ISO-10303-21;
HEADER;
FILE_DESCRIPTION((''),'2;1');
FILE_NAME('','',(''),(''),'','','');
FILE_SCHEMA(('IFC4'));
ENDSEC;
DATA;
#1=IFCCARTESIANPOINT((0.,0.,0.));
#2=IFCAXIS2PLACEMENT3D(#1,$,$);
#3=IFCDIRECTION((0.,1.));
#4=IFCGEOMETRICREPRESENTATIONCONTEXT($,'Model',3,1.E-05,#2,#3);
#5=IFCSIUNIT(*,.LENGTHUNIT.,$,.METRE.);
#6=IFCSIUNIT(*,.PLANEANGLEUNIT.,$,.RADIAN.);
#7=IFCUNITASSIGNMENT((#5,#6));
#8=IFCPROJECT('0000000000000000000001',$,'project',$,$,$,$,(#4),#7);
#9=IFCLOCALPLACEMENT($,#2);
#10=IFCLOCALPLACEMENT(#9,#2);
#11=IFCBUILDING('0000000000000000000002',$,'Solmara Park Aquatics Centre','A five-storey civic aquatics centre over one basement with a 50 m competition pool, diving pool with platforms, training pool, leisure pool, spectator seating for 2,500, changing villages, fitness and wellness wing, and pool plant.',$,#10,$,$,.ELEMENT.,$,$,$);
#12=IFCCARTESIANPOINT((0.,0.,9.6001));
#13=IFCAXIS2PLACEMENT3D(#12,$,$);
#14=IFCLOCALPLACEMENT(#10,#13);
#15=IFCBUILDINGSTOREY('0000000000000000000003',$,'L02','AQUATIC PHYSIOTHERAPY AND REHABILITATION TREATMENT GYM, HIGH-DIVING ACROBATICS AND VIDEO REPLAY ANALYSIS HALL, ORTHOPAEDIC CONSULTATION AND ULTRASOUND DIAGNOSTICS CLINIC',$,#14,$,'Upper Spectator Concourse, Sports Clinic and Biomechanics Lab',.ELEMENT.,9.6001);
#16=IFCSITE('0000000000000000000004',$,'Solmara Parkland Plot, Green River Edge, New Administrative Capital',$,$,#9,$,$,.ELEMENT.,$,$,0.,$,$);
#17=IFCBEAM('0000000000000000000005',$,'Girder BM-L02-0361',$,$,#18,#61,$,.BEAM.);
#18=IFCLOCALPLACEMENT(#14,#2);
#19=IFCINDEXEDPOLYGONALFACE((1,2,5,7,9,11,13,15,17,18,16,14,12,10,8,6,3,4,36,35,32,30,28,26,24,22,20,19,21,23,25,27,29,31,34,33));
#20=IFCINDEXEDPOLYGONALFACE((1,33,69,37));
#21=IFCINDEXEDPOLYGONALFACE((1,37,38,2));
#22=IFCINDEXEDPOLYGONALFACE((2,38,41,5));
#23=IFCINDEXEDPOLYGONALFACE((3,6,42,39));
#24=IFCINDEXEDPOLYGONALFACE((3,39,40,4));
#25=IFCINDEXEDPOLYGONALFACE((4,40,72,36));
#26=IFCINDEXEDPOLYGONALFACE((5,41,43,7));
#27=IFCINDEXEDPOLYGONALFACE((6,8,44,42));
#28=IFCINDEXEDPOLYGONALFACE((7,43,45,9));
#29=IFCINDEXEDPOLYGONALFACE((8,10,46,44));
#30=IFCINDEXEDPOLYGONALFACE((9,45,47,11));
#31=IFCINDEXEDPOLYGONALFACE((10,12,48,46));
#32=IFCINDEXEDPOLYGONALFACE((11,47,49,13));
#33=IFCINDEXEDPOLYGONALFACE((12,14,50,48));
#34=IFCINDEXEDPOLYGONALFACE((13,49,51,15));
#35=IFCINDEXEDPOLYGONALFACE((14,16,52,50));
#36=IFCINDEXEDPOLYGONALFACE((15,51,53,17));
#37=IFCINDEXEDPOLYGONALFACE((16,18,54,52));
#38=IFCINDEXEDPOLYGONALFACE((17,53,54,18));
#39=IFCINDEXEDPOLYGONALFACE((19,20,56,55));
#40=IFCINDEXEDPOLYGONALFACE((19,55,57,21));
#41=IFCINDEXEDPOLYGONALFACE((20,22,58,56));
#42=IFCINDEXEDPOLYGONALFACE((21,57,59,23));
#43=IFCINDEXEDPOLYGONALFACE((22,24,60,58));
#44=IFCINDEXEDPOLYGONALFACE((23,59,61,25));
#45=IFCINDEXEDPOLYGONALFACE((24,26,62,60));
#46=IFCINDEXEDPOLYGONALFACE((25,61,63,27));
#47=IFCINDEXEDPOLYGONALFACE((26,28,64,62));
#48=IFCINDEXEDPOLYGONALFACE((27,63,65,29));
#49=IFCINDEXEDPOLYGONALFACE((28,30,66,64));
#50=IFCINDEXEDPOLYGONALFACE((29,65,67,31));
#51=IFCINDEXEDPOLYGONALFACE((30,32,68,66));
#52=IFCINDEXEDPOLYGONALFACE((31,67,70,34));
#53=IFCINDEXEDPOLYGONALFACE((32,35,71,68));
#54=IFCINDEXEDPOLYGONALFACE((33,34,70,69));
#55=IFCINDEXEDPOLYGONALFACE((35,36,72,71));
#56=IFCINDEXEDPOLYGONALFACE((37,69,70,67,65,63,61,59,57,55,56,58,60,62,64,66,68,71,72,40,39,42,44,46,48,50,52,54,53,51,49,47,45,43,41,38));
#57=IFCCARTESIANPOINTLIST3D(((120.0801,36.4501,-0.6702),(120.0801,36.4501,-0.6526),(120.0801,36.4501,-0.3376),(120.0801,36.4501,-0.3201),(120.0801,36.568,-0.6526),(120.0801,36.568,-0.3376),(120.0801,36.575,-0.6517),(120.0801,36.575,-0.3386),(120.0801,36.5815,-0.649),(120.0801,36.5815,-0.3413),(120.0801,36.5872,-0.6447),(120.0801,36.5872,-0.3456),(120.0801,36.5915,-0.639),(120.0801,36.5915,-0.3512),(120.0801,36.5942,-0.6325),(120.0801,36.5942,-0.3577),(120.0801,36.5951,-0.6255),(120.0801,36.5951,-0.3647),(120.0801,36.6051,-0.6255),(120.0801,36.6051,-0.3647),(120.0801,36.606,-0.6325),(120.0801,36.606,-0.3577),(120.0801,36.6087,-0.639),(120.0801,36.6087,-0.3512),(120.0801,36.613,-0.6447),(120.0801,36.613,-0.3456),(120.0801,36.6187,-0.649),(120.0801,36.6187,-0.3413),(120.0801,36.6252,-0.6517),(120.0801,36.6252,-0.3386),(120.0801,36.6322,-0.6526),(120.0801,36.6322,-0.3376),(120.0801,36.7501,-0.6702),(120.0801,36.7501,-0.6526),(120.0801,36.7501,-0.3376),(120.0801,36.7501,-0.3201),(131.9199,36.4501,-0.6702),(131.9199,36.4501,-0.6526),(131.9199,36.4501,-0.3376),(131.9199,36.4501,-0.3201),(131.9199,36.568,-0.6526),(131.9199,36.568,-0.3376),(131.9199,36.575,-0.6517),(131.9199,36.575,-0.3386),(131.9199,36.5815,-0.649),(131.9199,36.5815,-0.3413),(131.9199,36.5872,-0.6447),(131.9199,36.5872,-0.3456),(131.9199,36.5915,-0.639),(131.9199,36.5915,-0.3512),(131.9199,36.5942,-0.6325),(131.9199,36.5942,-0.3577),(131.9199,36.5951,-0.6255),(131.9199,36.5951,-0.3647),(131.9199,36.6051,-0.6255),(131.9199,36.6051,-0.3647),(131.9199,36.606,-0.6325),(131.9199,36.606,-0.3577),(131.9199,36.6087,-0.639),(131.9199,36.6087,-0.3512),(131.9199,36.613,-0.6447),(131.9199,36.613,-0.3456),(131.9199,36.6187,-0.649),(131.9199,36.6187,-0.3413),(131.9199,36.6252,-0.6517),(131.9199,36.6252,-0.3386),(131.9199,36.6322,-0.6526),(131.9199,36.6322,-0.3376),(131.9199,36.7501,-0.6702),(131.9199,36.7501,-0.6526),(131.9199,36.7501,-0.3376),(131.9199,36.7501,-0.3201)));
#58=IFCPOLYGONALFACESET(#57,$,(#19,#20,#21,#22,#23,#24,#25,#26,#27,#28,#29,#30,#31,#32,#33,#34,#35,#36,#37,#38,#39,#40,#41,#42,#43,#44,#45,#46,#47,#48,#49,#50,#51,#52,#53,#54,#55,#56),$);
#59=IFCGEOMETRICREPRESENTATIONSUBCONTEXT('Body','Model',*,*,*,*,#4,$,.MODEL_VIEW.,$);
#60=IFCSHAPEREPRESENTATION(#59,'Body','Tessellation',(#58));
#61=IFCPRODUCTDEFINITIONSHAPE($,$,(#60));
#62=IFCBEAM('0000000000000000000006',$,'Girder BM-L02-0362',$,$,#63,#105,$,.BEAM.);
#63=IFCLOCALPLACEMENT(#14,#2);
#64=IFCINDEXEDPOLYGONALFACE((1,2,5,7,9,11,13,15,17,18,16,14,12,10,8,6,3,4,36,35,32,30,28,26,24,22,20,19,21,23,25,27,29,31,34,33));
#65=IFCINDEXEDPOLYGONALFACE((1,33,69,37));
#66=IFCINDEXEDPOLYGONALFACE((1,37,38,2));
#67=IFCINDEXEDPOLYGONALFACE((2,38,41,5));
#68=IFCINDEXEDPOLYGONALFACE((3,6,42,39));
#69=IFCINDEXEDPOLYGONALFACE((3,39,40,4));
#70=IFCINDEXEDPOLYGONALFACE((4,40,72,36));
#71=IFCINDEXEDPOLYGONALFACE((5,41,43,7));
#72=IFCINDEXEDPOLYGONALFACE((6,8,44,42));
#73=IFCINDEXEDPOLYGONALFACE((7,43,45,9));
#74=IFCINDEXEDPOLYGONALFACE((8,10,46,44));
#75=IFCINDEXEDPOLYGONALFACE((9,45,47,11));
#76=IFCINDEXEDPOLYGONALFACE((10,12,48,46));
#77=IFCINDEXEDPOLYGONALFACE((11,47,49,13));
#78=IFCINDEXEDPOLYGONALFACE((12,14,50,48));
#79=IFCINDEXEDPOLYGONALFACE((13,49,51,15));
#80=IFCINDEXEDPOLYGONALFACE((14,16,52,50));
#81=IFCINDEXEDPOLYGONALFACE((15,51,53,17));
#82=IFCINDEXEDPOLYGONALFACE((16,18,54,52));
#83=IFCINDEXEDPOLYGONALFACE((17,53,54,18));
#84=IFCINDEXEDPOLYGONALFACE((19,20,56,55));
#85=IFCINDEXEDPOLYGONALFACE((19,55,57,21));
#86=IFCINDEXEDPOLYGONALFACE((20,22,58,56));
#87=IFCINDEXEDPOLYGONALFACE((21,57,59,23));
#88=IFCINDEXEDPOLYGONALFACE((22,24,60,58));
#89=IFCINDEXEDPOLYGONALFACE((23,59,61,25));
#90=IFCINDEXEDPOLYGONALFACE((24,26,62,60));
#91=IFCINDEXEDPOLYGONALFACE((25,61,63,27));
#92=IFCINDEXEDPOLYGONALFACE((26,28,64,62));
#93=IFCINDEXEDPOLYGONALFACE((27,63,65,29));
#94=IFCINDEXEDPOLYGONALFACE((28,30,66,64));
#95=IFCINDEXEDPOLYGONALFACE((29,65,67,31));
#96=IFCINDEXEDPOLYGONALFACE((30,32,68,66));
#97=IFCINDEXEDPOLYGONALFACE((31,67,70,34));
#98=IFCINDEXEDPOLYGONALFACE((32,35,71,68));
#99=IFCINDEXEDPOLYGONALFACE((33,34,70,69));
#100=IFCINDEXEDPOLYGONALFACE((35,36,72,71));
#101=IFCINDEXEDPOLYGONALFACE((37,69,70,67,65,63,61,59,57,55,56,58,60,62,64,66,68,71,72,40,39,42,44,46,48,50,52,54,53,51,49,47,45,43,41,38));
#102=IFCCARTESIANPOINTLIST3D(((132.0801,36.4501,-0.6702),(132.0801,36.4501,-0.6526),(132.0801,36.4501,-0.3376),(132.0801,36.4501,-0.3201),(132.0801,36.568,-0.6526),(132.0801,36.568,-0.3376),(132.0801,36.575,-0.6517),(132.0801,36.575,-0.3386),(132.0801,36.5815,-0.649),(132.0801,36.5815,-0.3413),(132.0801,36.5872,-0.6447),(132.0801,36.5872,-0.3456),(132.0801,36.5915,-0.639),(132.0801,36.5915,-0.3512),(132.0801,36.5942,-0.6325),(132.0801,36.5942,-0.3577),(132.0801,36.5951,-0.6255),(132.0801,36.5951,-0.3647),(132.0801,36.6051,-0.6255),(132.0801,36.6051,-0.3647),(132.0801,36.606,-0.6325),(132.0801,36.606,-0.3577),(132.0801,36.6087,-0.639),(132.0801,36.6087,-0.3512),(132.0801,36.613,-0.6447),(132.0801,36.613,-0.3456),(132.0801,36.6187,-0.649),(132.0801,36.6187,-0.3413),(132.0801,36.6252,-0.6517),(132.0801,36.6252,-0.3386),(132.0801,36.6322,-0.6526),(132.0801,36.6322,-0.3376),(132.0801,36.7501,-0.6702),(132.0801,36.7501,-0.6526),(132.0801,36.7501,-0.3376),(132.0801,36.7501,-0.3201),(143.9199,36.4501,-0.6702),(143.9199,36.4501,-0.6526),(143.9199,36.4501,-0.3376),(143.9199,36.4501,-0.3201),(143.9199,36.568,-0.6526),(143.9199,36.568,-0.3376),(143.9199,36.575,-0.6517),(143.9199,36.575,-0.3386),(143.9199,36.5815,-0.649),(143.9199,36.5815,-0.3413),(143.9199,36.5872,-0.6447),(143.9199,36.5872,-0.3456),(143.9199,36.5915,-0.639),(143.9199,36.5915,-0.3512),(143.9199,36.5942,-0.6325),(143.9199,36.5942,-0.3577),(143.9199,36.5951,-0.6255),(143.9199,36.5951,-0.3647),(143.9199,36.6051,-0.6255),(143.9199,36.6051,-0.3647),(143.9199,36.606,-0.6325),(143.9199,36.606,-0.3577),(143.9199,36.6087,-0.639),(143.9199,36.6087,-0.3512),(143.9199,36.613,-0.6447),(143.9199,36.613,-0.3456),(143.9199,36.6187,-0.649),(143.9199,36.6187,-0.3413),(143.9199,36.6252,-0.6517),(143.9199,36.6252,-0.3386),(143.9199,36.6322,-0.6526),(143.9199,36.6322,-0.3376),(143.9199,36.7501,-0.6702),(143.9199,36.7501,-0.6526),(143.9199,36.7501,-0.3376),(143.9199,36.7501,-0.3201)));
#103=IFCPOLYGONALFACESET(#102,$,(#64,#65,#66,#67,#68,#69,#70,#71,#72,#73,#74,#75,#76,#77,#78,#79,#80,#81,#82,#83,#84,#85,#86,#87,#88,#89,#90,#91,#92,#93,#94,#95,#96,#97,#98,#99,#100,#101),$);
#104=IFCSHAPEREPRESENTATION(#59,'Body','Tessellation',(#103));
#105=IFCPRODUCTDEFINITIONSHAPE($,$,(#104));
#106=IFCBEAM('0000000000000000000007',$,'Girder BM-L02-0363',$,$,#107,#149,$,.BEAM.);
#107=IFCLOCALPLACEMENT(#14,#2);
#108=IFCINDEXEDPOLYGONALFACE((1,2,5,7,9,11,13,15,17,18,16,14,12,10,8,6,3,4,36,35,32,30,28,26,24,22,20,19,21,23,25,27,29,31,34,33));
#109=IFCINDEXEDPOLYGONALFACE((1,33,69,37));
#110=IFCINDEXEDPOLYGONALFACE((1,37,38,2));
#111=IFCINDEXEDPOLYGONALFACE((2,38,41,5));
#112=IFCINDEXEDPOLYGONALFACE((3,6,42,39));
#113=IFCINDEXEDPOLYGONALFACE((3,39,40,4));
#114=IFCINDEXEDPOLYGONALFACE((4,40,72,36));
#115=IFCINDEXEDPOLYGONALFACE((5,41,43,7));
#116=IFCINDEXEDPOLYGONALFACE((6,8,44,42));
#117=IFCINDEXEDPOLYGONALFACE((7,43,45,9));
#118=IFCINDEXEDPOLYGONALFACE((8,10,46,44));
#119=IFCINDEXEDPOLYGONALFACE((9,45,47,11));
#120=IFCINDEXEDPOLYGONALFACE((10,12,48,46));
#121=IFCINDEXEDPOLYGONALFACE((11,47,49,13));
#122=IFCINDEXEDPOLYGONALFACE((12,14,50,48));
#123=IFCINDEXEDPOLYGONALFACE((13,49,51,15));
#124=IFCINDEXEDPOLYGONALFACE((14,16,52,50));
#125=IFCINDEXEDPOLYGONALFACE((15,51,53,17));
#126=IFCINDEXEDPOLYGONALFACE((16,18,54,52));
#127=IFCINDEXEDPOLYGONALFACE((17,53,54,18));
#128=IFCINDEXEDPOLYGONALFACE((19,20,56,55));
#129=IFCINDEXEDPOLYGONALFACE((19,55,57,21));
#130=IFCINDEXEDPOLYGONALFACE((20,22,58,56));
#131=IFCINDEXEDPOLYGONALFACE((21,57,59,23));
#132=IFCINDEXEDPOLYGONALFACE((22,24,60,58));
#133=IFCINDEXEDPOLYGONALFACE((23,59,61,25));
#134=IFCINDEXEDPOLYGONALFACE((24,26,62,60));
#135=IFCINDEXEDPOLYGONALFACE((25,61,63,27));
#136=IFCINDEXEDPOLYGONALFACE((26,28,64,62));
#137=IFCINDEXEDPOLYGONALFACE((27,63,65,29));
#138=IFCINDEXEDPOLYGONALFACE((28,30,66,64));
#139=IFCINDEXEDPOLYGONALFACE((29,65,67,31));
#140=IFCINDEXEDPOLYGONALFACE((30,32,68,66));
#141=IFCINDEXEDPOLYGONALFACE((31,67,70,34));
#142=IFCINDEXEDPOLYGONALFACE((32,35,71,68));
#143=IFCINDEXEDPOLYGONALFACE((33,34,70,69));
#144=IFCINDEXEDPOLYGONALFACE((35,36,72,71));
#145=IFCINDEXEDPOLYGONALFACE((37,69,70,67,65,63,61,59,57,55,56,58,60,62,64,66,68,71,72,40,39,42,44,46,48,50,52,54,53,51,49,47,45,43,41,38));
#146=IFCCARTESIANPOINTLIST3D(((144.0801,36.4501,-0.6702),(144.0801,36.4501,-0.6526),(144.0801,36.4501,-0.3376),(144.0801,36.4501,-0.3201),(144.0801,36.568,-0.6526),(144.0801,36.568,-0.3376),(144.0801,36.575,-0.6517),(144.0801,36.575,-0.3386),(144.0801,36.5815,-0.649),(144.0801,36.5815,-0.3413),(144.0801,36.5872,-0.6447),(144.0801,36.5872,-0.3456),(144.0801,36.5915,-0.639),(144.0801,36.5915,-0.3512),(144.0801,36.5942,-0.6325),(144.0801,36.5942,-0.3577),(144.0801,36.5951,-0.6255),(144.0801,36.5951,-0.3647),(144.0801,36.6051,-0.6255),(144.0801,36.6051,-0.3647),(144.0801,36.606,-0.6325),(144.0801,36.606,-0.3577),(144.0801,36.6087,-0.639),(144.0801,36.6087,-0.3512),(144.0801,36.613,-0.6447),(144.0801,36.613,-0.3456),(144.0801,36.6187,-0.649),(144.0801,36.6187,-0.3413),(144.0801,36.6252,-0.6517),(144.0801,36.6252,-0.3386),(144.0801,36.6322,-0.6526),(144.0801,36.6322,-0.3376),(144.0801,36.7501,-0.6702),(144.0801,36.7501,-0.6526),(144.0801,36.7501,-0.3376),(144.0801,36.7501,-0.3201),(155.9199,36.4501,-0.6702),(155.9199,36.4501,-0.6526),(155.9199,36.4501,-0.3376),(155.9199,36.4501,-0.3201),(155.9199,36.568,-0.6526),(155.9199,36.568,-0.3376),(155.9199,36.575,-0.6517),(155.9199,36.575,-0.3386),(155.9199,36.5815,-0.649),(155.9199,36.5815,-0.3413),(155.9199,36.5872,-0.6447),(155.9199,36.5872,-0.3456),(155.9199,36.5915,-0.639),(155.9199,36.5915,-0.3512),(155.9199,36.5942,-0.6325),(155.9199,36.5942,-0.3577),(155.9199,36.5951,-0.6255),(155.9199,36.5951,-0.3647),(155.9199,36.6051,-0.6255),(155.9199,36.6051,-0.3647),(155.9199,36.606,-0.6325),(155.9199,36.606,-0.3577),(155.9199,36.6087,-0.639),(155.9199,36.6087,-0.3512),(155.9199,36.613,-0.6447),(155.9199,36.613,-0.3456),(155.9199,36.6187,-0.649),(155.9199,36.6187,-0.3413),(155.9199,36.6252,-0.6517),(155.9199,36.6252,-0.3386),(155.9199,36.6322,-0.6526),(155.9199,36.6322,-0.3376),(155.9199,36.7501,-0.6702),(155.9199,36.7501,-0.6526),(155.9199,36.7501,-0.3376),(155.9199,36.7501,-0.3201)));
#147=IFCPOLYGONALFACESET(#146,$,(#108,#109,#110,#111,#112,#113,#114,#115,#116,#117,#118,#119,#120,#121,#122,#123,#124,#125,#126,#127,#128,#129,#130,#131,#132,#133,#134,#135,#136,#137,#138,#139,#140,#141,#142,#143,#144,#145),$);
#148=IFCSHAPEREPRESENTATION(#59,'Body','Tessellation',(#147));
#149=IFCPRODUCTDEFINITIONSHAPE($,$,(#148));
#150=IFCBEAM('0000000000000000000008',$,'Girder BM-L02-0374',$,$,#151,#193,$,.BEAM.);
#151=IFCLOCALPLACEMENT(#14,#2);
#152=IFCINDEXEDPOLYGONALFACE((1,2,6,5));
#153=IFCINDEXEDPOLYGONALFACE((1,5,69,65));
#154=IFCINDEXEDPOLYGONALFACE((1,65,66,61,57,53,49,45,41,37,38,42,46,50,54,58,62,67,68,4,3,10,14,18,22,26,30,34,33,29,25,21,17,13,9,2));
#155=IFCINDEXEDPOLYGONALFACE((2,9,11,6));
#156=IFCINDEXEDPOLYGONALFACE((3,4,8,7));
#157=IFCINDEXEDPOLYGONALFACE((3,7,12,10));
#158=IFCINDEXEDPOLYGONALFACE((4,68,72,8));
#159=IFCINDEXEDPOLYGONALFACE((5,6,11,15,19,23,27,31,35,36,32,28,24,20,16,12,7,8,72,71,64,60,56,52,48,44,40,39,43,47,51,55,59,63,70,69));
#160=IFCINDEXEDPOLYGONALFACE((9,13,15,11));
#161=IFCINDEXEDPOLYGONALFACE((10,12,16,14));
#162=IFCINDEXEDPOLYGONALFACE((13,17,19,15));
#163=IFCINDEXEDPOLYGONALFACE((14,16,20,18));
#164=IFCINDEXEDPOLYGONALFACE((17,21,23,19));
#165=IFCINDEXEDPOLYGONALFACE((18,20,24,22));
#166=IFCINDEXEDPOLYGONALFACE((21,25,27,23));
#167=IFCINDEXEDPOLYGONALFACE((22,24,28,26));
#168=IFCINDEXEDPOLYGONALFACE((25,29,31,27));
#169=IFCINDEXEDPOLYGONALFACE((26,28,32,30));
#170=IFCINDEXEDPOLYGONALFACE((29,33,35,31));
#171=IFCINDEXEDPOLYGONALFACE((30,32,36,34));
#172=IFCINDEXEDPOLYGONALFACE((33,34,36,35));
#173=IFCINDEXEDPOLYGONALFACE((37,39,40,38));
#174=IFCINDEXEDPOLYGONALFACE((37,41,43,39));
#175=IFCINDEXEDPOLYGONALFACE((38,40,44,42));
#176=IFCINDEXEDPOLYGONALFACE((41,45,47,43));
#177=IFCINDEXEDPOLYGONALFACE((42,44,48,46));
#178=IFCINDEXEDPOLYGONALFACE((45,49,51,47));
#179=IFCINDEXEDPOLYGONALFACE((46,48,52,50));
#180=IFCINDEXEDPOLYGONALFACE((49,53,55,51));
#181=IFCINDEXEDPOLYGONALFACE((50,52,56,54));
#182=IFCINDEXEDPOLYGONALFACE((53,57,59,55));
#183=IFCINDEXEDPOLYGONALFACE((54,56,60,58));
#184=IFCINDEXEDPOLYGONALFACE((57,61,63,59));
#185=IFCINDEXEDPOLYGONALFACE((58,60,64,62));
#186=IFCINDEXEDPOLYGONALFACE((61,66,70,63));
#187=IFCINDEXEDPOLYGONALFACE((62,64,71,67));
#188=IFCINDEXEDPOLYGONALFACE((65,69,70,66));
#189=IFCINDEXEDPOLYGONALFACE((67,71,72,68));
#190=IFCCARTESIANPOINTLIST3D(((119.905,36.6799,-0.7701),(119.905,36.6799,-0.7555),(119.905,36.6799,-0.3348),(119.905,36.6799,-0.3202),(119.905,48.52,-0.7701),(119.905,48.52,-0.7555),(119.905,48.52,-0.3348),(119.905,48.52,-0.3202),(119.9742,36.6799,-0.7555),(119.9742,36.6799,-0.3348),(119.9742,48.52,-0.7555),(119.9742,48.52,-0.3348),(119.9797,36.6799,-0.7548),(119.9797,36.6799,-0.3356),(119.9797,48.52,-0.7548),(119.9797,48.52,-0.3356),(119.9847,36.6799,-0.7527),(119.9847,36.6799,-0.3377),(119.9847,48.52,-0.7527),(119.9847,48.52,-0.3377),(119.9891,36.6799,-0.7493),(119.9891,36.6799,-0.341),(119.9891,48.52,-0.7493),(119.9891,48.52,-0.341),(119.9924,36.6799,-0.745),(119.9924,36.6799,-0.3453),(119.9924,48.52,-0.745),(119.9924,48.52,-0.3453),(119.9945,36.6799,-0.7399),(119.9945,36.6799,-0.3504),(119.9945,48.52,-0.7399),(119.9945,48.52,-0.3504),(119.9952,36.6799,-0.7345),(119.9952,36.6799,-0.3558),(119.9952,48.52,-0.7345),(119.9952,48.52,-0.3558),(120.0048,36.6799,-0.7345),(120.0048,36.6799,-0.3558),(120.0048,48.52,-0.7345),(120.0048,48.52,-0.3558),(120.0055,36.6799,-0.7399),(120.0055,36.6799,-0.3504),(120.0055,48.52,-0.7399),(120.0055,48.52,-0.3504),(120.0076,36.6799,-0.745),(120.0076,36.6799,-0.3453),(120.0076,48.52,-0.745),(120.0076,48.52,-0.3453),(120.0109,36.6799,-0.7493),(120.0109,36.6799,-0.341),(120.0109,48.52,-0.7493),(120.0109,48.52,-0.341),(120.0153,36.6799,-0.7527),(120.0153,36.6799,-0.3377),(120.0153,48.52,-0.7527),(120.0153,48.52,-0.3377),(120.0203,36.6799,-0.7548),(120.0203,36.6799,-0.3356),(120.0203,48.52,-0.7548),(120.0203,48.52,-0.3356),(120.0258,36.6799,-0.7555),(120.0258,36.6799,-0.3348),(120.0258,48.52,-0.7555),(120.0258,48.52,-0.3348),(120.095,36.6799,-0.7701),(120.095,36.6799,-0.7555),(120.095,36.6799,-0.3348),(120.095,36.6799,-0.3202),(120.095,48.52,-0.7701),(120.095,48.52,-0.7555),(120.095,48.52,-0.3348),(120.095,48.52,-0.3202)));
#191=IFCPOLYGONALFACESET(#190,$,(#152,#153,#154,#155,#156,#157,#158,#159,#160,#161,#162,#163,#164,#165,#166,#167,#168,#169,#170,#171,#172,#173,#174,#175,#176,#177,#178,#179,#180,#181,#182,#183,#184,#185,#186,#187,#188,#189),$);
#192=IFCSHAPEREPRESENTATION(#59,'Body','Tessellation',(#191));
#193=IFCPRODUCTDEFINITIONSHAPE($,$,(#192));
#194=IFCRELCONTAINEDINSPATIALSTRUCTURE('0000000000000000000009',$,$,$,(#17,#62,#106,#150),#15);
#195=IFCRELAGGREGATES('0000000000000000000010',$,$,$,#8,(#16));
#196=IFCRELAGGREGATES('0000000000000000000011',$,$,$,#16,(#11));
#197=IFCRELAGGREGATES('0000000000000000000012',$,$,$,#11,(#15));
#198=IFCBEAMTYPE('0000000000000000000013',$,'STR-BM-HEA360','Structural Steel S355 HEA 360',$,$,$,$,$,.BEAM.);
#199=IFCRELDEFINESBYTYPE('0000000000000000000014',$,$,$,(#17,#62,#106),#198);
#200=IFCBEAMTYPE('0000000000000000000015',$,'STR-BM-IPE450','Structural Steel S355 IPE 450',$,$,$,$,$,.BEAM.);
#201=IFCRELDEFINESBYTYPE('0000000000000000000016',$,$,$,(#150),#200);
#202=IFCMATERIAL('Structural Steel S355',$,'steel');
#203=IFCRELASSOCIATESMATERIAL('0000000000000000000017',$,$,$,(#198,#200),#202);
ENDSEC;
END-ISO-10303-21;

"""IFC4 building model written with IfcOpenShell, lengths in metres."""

from ifc_helpers import new_model, si_unit, direction, frame, origin, origin_2d, place, context, subcontext, project, spatial, i_section, extrude, material, material_profile, profile_set, type_object, element, save


model = new_model("IFC4")

# Units and contexts
model_context = context("Model", 3, precision=1e-05, world=origin(), true_north=direction((0.0, 1.0)))
body_context = subcontext(model_context, "Body", "Model", "MODEL_VIEW")
ifc_project = project(units=[si_unit("LENGTHUNIT", "METRE"), si_unit("PLANEANGLEUNIT", "RADIAN")], contexts=[model_context])

# Site, building, storey
site_placement = place(None, origin())
site = spatial("IfcSite", under=ifc_project, at=site_placement, Name="Solmara Parkland Plot, Green River Edge, New Administrative Capital", CompositionType="ELEMENT", RefElevation=0.0)
building_placement = place(site_placement, origin())
building = spatial("IfcBuilding", under=site, at=building_placement, Name="Solmara Park Aquatics Centre", Description="A five-storey civic aquatics centre over one basement with a 50 m competition pool, diving pool with platforms, training pool, leisure pool, spectator seating for 2,500, changing villages, fitness and wellness wing, and pool plant.", CompositionType="ELEMENT")
storey_placement = place(building_placement, frame((0.0, 0.0, 9.6001)))
storey = spatial("IfcBuildingStorey", under=building, at=storey_placement, Name="L02", Description="AQUATIC PHYSIOTHERAPY AND REHABILITATION TREATMENT GYM, HIGH-DIVING ACROBATICS AND VIDEO REPLAY ANALYSIS HALL, ORTHOPAEDIC CONSULTATION AND ULTRASOUND DIAGNOSTICS CLINIC", LongName="Upper Spectator Concourse, Sports Clinic and Biomechanics Lab", CompositionType="ELEMENT", Elevation=9.6001)

# Shared definitions
ifc_material_1 = material(Name="Structural Steel S355", Category="steel")

# Beams
ifc_material_profile_1 = material_profile(ifc_material_1, i_section(OverallWidth=0.3, OverallDepth=0.3501, WebThickness=0.01, FlangeThickness=0.0176, FilletRadius=0.0271, at=origin_2d()), Name="HEA 360")
ifc_profile_set_1 = profile_set([ifc_material_profile_1], Name="Structural Steel S355")
beam_type_1 = type_object("IfcBeamType", Name="STR-BM-HEA360", Description="Structural Steel S355 HEA 360", PredefinedType="BEAM", material=ifc_profile_set_1)
for number, where, z_axis, x_axis, name in (
    (1, (120.0801, 36.6001, -0.4951), (1.0, 0.0, 0.0), (0.0, 1.0, 0.0), "Girder BM-L02-0361"),
    (2, (132.0801, 36.6001, -0.4951), (1.0, 0.0, 0.0), (0.0, 1.0, 0.0), "Girder BM-L02-0362"),
    (3, (144.0801, 36.6001, -0.4951), (1.0, 0.0, 0.0), (0.0, 1.0, 0.0), "Girder BM-L02-0363"),
):
    element("IfcBeam", number, at=place(storey_placement, frame(where, z_axis=z_axis, x_axis=x_axis)), inside=storey, type_object=beam_type_1, Name=name, PredefinedType="BEAM", context=body_context, shape_type="SweptSolid", body=[
        extrude(i_section(OverallWidth=0.3, OverallDepth=0.3501, WebThickness=0.01, FlangeThickness=0.0176, FilletRadius=0.0271, at=origin_2d()), origin(), (0.0, 0.0, 1.0), 11.8398),
    ])
ifc_material_profile_2 = material_profile(ifc_material_1, i_section(OverallWidth=0.1899, OverallDepth=0.45, WebThickness=0.0095, FlangeThickness=0.0146, FilletRadius=0.021, at=origin_2d()), Name="IPE 450")
ifc_profile_set_2 = profile_set([ifc_material_profile_2], Name="Structural Steel S355")
beam_type_2 = type_object("IfcBeamType", Name="STR-BM-IPE450", Description="Structural Steel S355 IPE 450", PredefinedType="BEAM", material=ifc_profile_set_2)
for number, where, z_axis, x_axis, name in (
    (4, (120.0, 36.6799, -0.5452), (0.0, 1.0, 0.0), (-1.0, 0.0, 0.0), "Girder BM-L02-0374"),
):
    element("IfcBeam", number, at=place(storey_placement, frame(where, z_axis=z_axis, x_axis=x_axis)), inside=storey, type_object=beam_type_2, Name=name, PredefinedType="BEAM", context=body_context, shape_type="SweptSolid", body=[
        extrude(i_section(OverallWidth=0.1899, OverallDepth=0.45, WebThickness=0.0095, FlangeThickness=0.0146, FilletRadius=0.021, at=origin_2d()), origin(), (0.0, 0.0, 1.0), 11.8401),
    ])

save(model, "model.ifc")
